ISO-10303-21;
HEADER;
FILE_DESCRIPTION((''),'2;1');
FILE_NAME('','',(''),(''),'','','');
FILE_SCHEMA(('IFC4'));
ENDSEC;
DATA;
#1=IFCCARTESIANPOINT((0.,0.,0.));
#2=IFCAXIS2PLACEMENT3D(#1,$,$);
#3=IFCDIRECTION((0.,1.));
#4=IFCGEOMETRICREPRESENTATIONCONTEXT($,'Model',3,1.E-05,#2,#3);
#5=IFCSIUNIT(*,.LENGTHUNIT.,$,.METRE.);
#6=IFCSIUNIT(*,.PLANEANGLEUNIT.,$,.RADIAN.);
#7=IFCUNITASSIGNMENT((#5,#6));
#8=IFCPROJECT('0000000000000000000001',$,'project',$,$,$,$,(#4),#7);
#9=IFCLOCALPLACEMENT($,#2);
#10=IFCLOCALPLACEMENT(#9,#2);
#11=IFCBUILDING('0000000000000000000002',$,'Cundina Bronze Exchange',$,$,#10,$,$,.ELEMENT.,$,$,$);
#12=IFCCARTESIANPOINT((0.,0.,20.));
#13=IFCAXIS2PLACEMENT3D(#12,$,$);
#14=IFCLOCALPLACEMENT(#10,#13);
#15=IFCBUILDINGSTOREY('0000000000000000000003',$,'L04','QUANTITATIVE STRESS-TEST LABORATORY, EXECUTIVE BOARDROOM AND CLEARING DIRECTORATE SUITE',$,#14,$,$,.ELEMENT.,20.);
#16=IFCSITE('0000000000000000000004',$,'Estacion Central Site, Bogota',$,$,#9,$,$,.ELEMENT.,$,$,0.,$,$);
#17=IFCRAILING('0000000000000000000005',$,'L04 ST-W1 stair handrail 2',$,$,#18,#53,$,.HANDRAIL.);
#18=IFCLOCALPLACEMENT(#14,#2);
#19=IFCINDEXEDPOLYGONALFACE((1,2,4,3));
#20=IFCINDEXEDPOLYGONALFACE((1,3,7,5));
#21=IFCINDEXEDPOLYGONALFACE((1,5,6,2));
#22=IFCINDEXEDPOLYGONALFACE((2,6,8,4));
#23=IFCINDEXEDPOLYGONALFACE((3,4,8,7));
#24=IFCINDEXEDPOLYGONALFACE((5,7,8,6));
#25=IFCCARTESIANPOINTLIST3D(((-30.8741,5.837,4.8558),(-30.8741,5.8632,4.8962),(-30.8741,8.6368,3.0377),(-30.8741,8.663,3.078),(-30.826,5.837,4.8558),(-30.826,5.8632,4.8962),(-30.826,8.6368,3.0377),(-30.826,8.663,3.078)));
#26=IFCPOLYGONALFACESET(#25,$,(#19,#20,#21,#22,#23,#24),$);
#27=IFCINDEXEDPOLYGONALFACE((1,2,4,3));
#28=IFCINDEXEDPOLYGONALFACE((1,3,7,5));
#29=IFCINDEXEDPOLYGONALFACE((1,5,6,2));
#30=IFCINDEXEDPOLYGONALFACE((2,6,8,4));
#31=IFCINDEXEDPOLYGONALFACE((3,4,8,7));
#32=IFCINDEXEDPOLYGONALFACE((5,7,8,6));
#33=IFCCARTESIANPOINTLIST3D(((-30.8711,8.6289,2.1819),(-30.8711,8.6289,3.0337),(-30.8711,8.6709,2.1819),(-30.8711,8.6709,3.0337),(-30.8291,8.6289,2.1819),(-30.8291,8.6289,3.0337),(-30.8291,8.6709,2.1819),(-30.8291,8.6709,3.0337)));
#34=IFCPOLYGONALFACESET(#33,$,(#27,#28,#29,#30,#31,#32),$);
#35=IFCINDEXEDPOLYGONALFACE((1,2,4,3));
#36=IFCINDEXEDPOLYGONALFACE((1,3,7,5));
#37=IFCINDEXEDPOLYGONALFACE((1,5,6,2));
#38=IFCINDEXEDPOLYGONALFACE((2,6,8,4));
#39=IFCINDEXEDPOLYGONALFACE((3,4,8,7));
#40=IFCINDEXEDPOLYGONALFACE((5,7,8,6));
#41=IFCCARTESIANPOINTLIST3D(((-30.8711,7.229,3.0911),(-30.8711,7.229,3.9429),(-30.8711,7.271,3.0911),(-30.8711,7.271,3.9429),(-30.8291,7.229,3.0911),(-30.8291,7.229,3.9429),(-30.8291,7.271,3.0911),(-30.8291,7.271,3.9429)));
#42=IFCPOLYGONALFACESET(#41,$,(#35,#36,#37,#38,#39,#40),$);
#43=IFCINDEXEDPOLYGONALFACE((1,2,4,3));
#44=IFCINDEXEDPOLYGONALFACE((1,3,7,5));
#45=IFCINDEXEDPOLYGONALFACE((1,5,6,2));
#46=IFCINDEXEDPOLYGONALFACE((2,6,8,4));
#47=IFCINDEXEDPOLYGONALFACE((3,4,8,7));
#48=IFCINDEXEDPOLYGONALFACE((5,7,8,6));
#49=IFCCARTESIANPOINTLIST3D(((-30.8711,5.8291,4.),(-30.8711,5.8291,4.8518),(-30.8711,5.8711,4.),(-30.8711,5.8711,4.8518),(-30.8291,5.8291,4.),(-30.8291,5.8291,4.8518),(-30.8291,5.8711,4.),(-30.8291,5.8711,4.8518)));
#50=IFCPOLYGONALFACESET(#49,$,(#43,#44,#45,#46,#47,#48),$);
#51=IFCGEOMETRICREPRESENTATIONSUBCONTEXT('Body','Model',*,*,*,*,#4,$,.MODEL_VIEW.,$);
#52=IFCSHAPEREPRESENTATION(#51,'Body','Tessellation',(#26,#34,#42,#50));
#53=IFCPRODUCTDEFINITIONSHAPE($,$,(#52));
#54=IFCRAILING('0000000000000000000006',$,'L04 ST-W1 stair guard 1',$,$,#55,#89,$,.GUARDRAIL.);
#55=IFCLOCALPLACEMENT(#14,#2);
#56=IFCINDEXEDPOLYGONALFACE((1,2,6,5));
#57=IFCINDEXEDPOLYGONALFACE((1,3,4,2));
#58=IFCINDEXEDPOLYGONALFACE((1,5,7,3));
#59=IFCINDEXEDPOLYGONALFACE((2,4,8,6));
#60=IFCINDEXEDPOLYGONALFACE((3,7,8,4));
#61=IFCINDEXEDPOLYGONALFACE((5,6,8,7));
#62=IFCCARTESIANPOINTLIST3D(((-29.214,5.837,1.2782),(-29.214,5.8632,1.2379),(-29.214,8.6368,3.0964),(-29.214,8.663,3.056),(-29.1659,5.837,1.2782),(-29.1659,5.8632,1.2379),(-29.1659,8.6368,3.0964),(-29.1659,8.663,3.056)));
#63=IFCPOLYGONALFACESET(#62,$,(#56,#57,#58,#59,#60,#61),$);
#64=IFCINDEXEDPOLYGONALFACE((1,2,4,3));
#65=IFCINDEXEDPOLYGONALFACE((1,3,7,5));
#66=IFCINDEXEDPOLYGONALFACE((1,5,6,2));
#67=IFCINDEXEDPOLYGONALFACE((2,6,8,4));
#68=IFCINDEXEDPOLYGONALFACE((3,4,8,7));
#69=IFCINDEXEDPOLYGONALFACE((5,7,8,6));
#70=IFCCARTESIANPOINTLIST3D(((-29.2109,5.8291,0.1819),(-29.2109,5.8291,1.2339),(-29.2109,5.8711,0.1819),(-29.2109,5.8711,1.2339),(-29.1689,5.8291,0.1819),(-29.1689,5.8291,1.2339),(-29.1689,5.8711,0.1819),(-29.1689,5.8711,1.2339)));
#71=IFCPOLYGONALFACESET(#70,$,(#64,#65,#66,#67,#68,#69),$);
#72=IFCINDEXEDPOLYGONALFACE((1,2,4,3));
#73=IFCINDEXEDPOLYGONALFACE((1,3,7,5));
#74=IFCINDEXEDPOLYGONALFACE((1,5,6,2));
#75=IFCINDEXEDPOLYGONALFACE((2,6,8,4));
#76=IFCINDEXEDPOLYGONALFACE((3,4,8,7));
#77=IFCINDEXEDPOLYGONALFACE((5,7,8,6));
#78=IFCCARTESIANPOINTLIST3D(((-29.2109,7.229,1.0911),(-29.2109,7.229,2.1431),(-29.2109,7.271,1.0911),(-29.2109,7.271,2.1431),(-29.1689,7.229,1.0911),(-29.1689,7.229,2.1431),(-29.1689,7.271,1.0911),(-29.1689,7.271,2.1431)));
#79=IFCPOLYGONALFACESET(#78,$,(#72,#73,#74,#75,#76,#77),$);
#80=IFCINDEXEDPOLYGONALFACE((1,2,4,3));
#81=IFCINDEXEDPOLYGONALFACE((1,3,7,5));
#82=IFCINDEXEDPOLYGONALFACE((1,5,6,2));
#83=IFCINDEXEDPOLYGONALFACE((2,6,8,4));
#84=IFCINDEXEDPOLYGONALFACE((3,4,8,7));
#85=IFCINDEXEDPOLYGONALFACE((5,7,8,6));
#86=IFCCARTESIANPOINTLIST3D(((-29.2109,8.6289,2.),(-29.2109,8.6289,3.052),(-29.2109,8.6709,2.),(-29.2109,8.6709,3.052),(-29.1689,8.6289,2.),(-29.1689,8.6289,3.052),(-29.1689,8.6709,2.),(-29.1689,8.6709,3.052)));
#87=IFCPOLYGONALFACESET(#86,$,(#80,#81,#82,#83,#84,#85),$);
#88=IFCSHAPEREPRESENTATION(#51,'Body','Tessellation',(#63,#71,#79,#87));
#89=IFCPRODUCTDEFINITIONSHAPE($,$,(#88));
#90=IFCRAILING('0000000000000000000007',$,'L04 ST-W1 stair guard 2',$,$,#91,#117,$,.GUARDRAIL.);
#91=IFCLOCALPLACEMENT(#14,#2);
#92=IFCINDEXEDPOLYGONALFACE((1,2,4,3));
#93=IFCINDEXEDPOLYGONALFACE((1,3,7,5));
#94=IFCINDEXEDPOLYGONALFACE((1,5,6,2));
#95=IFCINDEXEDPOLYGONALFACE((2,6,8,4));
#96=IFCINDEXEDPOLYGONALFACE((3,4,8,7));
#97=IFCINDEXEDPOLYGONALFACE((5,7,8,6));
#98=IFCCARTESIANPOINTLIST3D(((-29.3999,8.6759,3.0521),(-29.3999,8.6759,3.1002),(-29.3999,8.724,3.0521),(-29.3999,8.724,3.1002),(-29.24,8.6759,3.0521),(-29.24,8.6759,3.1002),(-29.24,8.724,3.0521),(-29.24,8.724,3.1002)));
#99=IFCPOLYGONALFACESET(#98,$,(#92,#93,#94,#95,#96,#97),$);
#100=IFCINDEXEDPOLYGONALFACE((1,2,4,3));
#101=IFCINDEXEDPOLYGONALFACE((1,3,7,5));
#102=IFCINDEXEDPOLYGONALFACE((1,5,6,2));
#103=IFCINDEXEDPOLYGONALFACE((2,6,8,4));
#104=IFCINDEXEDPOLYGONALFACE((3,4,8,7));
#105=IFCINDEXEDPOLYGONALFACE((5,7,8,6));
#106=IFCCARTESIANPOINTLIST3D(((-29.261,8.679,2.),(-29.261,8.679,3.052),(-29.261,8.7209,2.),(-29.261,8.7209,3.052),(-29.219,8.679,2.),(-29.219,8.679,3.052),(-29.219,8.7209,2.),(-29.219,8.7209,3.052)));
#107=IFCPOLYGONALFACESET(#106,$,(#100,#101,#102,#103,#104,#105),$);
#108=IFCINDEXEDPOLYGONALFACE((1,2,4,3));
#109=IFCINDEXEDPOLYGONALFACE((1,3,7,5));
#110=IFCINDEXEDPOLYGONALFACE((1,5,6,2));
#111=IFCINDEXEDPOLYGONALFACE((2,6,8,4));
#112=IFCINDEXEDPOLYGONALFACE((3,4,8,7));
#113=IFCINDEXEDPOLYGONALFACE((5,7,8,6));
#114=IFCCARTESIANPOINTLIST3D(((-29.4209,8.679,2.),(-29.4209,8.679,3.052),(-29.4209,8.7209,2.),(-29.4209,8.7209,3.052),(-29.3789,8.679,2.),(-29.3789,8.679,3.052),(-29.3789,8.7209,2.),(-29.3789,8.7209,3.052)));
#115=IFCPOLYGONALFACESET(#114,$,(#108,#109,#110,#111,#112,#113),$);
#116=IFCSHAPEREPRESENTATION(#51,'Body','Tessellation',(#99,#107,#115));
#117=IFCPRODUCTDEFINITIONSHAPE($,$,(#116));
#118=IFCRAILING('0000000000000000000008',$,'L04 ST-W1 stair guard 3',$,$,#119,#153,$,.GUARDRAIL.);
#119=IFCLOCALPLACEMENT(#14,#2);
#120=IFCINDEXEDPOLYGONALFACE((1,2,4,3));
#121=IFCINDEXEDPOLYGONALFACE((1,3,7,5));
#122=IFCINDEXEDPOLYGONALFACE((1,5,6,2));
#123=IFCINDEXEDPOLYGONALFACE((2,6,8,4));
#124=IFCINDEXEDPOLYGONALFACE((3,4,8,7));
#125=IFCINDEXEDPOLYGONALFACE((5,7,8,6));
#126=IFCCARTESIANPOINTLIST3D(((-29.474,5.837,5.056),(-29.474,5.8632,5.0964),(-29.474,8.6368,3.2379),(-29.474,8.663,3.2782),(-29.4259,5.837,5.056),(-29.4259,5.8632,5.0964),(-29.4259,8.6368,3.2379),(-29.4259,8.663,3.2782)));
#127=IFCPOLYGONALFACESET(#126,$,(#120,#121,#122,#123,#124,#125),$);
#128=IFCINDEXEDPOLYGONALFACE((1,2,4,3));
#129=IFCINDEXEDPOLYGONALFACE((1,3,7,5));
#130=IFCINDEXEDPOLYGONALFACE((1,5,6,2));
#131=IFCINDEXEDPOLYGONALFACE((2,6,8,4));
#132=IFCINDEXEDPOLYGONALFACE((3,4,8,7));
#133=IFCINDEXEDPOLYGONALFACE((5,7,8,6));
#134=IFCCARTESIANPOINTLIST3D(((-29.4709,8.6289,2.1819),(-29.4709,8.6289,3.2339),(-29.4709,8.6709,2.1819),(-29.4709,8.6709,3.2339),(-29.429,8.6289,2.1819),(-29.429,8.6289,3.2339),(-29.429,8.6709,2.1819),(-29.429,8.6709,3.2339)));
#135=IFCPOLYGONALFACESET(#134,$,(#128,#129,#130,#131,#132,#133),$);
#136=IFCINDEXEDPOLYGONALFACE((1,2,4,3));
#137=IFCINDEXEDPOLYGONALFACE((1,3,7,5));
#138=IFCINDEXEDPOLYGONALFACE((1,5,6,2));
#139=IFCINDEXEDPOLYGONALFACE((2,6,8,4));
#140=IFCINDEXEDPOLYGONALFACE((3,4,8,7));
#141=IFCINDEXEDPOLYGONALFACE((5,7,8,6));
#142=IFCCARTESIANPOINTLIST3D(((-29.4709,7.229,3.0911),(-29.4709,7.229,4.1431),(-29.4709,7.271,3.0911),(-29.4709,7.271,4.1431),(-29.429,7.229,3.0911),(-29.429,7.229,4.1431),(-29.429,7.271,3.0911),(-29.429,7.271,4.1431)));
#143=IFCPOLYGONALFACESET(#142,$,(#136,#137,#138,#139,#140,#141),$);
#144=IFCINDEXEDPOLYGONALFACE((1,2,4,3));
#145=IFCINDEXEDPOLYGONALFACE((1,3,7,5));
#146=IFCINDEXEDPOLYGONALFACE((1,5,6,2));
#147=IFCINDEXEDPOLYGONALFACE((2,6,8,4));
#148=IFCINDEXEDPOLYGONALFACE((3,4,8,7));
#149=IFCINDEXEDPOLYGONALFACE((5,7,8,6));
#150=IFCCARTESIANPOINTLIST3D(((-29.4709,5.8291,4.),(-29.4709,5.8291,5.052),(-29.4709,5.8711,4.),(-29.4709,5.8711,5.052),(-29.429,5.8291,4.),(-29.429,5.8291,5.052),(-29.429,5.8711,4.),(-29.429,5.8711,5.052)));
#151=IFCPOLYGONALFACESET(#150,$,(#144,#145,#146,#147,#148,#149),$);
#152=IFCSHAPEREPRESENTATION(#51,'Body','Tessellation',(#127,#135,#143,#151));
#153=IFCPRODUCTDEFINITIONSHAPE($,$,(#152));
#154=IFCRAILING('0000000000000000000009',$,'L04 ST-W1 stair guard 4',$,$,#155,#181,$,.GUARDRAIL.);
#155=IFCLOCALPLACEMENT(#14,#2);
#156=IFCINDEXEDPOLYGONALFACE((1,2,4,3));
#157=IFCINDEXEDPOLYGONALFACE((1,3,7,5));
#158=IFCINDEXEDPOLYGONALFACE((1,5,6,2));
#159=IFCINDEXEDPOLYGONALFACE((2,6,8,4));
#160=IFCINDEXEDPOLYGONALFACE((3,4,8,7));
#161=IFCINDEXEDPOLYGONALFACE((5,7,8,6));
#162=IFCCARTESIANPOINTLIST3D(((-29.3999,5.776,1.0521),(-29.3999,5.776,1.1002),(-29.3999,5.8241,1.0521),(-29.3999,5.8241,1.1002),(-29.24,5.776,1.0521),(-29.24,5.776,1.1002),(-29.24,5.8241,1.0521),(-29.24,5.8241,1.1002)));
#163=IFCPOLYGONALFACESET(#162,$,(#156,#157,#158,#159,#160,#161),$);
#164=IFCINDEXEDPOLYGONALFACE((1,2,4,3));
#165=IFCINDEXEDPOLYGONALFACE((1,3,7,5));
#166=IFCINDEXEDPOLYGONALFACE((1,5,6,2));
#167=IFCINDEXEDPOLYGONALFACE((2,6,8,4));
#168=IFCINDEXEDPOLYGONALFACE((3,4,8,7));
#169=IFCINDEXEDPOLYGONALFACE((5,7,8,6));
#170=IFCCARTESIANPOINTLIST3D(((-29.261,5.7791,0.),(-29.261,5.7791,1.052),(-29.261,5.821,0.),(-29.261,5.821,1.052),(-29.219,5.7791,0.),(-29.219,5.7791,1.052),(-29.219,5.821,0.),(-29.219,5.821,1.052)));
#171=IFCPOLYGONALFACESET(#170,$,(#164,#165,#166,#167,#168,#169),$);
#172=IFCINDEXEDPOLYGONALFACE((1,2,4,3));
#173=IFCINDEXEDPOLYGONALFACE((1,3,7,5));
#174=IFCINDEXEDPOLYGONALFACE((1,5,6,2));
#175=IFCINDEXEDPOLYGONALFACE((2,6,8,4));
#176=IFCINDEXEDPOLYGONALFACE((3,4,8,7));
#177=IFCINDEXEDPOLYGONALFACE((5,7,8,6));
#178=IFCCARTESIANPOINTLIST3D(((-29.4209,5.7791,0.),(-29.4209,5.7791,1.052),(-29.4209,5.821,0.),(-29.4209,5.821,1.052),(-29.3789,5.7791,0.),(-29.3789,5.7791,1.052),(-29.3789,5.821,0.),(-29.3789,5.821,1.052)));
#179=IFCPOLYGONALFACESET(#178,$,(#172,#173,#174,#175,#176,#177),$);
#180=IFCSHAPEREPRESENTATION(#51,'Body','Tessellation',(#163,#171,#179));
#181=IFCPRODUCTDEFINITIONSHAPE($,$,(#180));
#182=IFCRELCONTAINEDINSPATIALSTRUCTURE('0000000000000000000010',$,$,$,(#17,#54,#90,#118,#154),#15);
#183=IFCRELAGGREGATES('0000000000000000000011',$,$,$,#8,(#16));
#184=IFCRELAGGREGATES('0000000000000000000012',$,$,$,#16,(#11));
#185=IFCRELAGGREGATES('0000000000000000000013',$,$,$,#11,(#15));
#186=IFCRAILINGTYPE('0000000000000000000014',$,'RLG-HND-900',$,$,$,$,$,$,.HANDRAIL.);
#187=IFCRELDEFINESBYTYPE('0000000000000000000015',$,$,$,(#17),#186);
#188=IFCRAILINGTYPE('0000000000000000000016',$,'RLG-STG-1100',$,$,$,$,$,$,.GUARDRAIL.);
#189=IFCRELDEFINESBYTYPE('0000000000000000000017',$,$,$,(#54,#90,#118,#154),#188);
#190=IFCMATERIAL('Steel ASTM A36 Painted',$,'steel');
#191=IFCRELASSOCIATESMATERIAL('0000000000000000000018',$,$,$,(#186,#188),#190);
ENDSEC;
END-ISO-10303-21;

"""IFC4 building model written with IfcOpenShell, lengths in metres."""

from ifc_helpers import new_model, si_unit, direction, frame, origin, origin_2d, place, context, subcontext, project, spatial, rectangle, extrude, material, type_object, element, save


model = new_model("IFC4")

# Units and contexts
model_context = context("Model", 3, precision=1e-05, world=origin(), true_north=direction((0.0, 1.0)))
body_context = subcontext(model_context, "Body", "Model", "MODEL_VIEW")
ifc_project = project(units=[si_unit("LENGTHUNIT", "METRE"), si_unit("PLANEANGLEUNIT", "RADIAN")], contexts=[model_context])

# Site, building, storey
site_placement = place(None, origin())
site = spatial("IfcSite", under=ifc_project, at=site_placement, Name="Estacion Central Site, Bogota", CompositionType="ELEMENT", RefElevation=0.0)
building_placement = place(site_placement, origin())
building = spatial("IfcBuilding", under=site, at=building_placement, Name="Cundina Bronze Exchange", CompositionType="ELEMENT")
storey_placement = place(building_placement, frame((0.0, 0.0, 20.0)))
storey = spatial("IfcBuildingStorey", under=building, at=storey_placement, Name="L04", Description="QUANTITATIVE STRESS-TEST LABORATORY, EXECUTIVE BOARDROOM AND CLEARING DIRECTORATE SUITE", CompositionType="ELEMENT", Elevation=20.0)

# Shared definitions
ifc_material_1 = material(Name="Steel ASTM A36 Painted", Category="steel")

# Railings
railing_type_1 = type_object("IfcRailingType", Name="RLG-HND-900", PredefinedType="HANDRAIL", material=ifc_material_1)
railing_1_placement = place(storey_placement, frame((-30.8501, 8.6499, 2.1819)))
element("IfcRailing", 1, at=railing_1_placement, inside=storey, type_object=railing_type_1, Name="L04 ST-W1 stair handrail 2", PredefinedType="HANDRAIL", context=body_context, shape_type="SweptSolid", body=[
    extrude(rectangle(XDim=0.0481, YDim=0.0481, at=origin_2d()), frame((0.0, 0.0, 0.876), z_axis=(0.0, -0.838684, 0.544618), x_axis=(1.0, 0.0, 0.0)), (0.0, 0.0, 1.0), 3.3384),
    extrude(rectangle(XDim=0.042, YDim=0.042, at=origin_2d()), origin(), (0.0, 0.0, 1.0), 0.8518),
    extrude(rectangle(XDim=0.042, YDim=0.042, at=origin_2d()), frame((0.0, -1.3999, 0.9092)), (0.0, 0.0, 1.0), 0.8518),
    extrude(rectangle(XDim=0.042, YDim=0.042, at=origin_2d()), frame((0.0, -2.7998, 1.8181)), (0.0, 0.0, 1.0), 0.8518),
])
railing_type_2 = type_object("IfcRailingType", Name="RLG-STG-1100", PredefinedType="GUARDRAIL", material=ifc_material_1)
railing_2_placement = place(storey_placement, frame((-29.1899, 5.8501, 0.1819)))
element("IfcRailing", 2, at=railing_2_placement, inside=storey, type_object=railing_type_2, Name="L04 ST-W1 stair guard 1", PredefinedType="GUARDRAIL", context=body_context, shape_type="SweptSolid", body=[
    extrude(rectangle(XDim=0.0481, YDim=0.0481, at=origin_2d()), frame((0.0, 0.0, 1.0762), z_axis=(0.0, 0.838684, 0.544618), x_axis=(-1.0, 0.0, 0.0)), (0.0, 0.0, 1.0), 3.3384),
    extrude(rectangle(XDim=0.042, YDim=0.042, at=origin_2d()), origin(), (0.0, 0.0, 1.0), 1.052),
    extrude(rectangle(XDim=0.042, YDim=0.042, at=origin_2d()), frame((0.0, 1.3999, 0.9092)), (0.0, 0.0, 1.0), 1.052),
    extrude(rectangle(XDim=0.042, YDim=0.042, at=origin_2d()), frame((0.0, 2.7998, 1.8181)), (0.0, 0.0, 1.0), 1.052),
])
railing_3_placement = place(storey_placement, frame((-29.24, 8.7, 2.0)))
element("IfcRailing", 3, at=railing_3_placement, inside=storey, type_object=railing_type_2, Name="L04 ST-W1 stair guard 2", PredefinedType="GUARDRAIL", context=body_context, shape_type="SweptSolid", body=[
    extrude(rectangle(XDim=0.0481, YDim=0.0481, at=origin_2d()), frame((0.0, 0.0, 1.0762), z_axis=(-1.0, 0.0, 0.0), x_axis=(0.0, -1.0, 0.0)), (0.0, 0.0, 1.0), 0.1599),
    extrude(rectangle(XDim=0.042, YDim=0.042, at=origin_2d()), origin(), (0.0, 0.0, 1.0), 1.052),
    extrude(rectangle(XDim=0.042, YDim=0.042, at=origin_2d()), frame((-0.1599, 0.0, 0.0)), (0.0, 0.0, 1.0), 1.052),
])
railing_4_placement = place(storey_placement, frame((-29.45, 8.6499, 2.1819)))
element("IfcRailing", 4, at=railing_4_placement, inside=storey, type_object=railing_type_2, Name="L04 ST-W1 stair guard 3", PredefinedType="GUARDRAIL", context=body_context, shape_type="SweptSolid", body=[
    extrude(rectangle(XDim=0.0481, YDim=0.0481, at=origin_2d()), frame((0.0, 0.0, 1.0762), z_axis=(0.0, -0.838684, 0.544618), x_axis=(1.0, 0.0, 0.0)), (0.0, 0.0, 1.0), 3.3384),
    extrude(rectangle(XDim=0.042, YDim=0.042, at=origin_2d()), origin(), (0.0, 0.0, 1.0), 1.052),
    extrude(rectangle(XDim=0.042, YDim=0.042, at=origin_2d()), frame((0.0, -1.3999, 0.9092)), (0.0, 0.0, 1.0), 1.052),
    extrude(rectangle(XDim=0.042, YDim=0.042, at=origin_2d()), frame((0.0, -2.7998, 1.8181)), (0.0, 0.0, 1.0), 1.052),
])
railing_5_placement = place(storey_placement, frame((-29.24, 5.8, 0.0)))
element("IfcRailing", 5, at=railing_5_placement, inside=storey, type_object=railing_type_2, Name="L04 ST-W1 stair guard 4", PredefinedType="GUARDRAIL", context=body_context, shape_type="SweptSolid", body=[
    extrude(rectangle(XDim=0.0481, YDim=0.0481, at=origin_2d()), frame((0.0, 0.0, 1.0762), z_axis=(-1.0, 0.0, 0.0), x_axis=(0.0, -1.0, 0.0)), (0.0, 0.0, 1.0), 0.1599),
    extrude(rectangle(XDim=0.042, YDim=0.042, at=origin_2d()), origin(), (0.0, 0.0, 1.0), 1.052),
    extrude(rectangle(XDim=0.042, YDim=0.042, at=origin_2d()), frame((-0.1599, 0.0, 0.0)), (0.0, 0.0, 1.0), 1.052),
])

save(model, "model.ifc")
